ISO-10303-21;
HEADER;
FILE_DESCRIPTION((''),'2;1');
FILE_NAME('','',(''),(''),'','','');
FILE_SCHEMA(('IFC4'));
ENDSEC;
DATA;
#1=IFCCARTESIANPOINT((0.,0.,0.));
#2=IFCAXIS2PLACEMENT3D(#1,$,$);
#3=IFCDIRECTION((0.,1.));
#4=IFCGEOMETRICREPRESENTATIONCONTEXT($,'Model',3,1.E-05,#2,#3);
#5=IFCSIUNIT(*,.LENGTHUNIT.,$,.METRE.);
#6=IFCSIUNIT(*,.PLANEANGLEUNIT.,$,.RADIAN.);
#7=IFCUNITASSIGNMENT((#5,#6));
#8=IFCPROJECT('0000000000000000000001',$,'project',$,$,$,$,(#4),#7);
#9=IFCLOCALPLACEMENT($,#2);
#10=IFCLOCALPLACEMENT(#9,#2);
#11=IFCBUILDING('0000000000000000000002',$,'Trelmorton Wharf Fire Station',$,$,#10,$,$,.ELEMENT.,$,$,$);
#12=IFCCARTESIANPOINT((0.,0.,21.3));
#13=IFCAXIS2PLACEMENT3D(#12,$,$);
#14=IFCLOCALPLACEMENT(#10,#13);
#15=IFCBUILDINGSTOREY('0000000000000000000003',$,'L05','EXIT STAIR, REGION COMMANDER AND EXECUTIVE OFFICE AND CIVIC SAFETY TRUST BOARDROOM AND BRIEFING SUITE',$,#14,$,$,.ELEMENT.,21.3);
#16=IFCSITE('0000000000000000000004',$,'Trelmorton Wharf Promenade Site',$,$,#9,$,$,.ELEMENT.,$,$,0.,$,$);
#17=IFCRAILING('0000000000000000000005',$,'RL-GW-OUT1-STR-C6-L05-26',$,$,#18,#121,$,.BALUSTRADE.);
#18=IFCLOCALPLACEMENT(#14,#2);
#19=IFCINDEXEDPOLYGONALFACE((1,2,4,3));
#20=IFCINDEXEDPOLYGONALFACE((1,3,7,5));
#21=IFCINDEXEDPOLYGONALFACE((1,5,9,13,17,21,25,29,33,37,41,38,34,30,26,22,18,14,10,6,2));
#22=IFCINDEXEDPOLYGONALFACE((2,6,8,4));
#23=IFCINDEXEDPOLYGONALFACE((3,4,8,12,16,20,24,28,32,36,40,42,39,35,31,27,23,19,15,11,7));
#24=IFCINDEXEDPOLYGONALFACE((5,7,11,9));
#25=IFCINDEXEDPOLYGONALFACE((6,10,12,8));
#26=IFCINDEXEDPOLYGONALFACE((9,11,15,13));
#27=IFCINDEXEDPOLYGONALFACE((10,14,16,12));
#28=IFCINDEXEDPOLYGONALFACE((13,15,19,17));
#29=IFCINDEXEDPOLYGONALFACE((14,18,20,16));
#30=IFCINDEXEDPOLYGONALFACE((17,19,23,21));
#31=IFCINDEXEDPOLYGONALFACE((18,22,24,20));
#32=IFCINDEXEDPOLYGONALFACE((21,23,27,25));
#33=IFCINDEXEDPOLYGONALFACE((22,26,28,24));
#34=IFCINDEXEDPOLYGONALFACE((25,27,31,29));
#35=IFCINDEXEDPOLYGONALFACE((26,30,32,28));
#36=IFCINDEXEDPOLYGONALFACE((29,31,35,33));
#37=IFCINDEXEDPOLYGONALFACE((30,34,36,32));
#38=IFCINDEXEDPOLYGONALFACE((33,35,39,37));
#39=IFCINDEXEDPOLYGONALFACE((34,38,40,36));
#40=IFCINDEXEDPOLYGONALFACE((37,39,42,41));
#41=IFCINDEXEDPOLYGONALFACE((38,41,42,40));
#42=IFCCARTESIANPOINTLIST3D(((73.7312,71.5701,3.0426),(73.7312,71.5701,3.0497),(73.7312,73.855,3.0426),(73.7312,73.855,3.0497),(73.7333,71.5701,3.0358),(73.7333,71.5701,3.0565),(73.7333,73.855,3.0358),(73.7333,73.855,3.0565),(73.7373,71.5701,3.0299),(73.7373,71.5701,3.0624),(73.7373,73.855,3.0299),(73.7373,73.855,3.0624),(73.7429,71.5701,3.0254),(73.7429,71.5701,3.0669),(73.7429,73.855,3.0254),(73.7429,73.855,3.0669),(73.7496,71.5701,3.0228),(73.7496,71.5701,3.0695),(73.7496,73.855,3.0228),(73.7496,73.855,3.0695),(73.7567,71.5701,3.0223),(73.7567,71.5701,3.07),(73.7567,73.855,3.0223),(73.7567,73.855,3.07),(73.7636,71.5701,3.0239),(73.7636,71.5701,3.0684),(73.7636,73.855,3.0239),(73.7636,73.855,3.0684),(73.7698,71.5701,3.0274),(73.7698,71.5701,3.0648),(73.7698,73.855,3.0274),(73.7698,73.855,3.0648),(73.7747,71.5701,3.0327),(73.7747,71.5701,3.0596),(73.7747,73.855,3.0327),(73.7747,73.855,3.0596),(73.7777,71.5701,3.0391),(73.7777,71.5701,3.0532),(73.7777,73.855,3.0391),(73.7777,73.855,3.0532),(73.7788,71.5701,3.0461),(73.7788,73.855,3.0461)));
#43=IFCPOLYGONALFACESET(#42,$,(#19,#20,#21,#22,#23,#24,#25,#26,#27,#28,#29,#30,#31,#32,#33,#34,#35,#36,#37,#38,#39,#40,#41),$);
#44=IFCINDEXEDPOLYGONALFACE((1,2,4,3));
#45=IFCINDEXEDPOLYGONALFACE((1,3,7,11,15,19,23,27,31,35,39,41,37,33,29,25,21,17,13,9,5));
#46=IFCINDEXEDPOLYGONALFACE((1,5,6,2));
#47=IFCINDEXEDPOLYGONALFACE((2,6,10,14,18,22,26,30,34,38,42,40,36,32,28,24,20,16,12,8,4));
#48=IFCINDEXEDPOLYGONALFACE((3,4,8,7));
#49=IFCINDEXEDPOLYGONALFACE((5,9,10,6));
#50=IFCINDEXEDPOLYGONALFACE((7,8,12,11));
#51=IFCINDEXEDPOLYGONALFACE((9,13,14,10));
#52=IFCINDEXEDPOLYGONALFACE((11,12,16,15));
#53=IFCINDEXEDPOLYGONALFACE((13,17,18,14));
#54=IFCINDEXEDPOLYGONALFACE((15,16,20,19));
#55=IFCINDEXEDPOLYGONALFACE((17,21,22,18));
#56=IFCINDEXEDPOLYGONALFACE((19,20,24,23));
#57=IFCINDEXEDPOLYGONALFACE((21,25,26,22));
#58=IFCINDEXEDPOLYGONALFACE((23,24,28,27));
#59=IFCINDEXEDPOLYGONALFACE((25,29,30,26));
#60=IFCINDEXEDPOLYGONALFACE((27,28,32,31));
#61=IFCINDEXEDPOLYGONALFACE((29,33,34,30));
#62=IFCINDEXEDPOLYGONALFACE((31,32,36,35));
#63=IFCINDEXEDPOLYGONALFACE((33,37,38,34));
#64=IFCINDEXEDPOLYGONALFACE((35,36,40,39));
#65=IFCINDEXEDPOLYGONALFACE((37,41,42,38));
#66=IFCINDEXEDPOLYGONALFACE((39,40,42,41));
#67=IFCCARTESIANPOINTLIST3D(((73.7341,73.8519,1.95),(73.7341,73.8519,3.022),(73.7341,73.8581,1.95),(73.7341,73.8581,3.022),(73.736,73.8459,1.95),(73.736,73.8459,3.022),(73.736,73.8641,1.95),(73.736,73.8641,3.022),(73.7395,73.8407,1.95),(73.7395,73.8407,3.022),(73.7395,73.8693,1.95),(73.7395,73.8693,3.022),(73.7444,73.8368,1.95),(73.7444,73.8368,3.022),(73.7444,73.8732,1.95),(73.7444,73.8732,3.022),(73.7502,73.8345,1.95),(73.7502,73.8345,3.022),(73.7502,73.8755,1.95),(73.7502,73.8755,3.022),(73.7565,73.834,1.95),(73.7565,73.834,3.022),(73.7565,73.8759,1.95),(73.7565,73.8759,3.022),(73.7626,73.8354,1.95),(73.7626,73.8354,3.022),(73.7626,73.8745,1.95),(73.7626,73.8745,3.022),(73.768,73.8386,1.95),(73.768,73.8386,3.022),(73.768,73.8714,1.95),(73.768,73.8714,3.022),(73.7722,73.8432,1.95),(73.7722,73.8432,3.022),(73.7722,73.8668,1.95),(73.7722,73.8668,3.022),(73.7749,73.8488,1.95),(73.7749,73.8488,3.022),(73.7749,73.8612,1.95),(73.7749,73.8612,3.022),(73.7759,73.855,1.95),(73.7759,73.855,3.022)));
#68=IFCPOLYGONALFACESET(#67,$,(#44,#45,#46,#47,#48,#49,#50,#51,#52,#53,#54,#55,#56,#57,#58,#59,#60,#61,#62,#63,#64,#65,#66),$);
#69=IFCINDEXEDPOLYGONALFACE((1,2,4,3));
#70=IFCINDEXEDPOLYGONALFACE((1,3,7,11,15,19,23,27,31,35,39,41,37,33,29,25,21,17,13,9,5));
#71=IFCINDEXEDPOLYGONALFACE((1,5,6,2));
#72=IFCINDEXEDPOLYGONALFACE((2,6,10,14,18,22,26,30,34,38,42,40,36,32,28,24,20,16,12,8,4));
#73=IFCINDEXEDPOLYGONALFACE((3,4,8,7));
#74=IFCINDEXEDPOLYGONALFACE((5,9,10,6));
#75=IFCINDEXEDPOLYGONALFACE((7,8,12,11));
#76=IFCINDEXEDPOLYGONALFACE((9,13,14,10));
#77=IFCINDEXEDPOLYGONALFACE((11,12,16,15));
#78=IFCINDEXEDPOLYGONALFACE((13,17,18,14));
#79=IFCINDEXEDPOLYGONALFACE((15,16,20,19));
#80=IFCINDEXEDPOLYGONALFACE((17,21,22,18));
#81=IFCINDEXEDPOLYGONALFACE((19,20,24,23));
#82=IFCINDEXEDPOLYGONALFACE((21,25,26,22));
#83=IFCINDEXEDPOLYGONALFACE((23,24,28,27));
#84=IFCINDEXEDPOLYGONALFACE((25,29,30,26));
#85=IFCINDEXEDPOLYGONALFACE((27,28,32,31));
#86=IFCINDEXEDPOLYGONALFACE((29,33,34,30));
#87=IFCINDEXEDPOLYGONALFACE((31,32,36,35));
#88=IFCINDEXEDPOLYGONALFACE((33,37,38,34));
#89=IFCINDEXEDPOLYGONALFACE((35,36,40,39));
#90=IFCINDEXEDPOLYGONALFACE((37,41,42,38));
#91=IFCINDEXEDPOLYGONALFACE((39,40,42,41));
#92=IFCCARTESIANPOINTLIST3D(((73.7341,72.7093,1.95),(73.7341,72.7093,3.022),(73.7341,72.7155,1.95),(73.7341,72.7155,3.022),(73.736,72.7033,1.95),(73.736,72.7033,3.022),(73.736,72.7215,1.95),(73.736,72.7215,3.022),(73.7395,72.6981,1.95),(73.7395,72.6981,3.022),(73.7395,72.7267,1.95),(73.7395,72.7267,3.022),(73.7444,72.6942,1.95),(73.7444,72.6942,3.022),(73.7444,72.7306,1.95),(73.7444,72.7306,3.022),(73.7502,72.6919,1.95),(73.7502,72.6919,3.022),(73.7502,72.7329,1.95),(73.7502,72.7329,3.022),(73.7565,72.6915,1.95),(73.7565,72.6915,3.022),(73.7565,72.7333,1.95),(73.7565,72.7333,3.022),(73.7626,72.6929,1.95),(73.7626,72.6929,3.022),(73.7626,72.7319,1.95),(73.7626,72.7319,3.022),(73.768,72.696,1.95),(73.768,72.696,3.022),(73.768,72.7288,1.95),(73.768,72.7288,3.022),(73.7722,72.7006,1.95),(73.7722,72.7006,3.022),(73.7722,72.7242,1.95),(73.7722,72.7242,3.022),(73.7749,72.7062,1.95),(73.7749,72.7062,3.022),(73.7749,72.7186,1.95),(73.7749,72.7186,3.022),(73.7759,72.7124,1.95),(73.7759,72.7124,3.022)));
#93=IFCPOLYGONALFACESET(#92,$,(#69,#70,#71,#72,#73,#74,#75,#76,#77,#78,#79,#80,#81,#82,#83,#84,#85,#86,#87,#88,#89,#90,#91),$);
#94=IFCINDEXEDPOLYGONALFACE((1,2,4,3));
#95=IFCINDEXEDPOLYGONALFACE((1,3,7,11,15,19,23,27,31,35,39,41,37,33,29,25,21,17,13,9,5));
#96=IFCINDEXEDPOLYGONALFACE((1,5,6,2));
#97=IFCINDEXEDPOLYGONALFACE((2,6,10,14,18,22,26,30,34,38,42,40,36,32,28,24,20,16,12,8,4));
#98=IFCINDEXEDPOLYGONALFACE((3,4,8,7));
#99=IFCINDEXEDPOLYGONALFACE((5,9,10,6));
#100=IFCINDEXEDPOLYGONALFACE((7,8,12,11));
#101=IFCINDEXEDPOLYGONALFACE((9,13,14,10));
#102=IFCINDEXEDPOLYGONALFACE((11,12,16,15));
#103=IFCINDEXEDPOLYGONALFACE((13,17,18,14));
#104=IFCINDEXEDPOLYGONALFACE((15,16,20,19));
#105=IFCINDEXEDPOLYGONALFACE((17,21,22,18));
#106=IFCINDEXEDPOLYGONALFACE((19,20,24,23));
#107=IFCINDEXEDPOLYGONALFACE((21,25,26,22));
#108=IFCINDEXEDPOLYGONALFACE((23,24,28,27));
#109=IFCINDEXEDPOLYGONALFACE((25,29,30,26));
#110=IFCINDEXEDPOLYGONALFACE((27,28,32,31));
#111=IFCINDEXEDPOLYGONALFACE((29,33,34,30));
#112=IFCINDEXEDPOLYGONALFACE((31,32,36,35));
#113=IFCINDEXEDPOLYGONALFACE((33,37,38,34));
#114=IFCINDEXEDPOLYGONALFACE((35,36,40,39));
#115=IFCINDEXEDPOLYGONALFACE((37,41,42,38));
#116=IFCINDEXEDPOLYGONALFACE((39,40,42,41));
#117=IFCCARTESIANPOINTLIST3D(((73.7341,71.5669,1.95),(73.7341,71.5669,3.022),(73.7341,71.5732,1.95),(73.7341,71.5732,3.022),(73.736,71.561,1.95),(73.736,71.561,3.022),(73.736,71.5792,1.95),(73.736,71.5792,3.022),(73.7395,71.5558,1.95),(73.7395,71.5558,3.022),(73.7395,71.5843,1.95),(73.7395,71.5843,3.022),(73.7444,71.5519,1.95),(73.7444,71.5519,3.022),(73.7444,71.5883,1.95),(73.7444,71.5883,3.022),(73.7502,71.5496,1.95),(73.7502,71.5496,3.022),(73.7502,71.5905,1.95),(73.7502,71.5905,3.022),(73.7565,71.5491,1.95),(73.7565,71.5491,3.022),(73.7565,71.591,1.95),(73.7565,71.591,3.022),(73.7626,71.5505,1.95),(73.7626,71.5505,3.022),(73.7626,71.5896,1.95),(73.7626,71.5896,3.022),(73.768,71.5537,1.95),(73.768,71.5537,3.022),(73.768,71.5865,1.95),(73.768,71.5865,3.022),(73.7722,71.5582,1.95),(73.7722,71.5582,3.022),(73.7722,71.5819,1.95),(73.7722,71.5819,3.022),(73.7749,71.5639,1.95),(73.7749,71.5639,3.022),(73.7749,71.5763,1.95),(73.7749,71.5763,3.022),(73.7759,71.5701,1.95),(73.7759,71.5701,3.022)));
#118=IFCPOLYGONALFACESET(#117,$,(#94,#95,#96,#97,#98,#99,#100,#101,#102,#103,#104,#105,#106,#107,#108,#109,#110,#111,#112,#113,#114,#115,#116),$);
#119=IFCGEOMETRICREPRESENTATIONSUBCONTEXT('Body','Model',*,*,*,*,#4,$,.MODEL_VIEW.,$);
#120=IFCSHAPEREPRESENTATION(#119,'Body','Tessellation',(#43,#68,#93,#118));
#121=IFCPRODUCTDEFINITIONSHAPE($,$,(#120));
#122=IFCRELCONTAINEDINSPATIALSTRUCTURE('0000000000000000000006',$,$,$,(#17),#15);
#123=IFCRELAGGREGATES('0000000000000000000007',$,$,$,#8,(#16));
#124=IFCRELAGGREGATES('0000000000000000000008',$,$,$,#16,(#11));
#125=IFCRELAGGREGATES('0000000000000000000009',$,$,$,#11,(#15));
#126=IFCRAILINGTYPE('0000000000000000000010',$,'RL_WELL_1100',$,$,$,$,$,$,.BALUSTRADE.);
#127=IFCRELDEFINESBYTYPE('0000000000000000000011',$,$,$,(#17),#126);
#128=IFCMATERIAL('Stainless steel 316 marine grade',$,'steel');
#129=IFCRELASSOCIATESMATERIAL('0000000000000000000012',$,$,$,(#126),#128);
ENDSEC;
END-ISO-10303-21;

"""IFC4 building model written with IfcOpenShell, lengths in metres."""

from ifc_helpers import new_model, si_unit, direction, frame, origin, origin_2d, place, context, subcontext, project, spatial, circle, extrude, material, type_object, element, save


model = new_model("IFC4")

# Units and contexts
model_context = context("Model", 3, precision=1e-05, world=origin(), true_north=direction((0.0, 1.0)))
body_context = subcontext(model_context, "Body", "Model", "MODEL_VIEW")
ifc_project = project(units=[si_unit("LENGTHUNIT", "METRE"), si_unit("PLANEANGLEUNIT", "RADIAN")], contexts=[model_context])

# Site, building, storey
site_placement = place(None, origin())
site = spatial("IfcSite", under=ifc_project, at=site_placement, Name="Trelmorton Wharf Promenade Site", CompositionType="ELEMENT", RefElevation=0.0)
building_placement = place(site_placement, origin())
building = spatial("IfcBuilding", under=site, at=building_placement, Name="Trelmorton Wharf Fire Station", CompositionType="ELEMENT")
storey_placement = place(building_placement, frame((0.0, 0.0, 21.3)))
storey = spatial("IfcBuildingStorey", under=building, at=storey_placement, Name="L05", Description="EXIT STAIR, REGION COMMANDER AND EXECUTIVE OFFICE AND CIVIC SAFETY TRUST BOARDROOM AND BRIEFING SUITE", CompositionType="ELEMENT", Elevation=21.3)

# Shared definitions
ifc_material_1 = material(Name="Stainless steel 316 marine grade", Category="steel")

# Railing
railing_type_1 = type_object("IfcRailingType", Name="RL_WELL_1100", PredefinedType="BALUSTRADE", material=ifc_material_1)
railing_1_placement = place(storey_placement, frame((73.7549, 73.855, 1.95)))
element("IfcRailing", 1, at=railing_1_placement, inside=storey, type_object=railing_type_1, Name="RL-GW-OUT1-STR-C6-L05-26", PredefinedType="BALUSTRADE", context=body_context, shape_type="SweptSolid", body=[
    extrude(circle(Radius=0.0239, at=origin_2d()), frame((0.0, 0.0, 1.0962), z_axis=(0.0, -1.0, 0.0), x_axis=(1.0, 0.0, 0.0)), (0.0, 0.0, 1.0), 2.2849),
    extrude(circle(Radius=0.021, at=origin_2d()), origin(), (0.0, 0.0, 1.0), 1.072),
    extrude(circle(Radius=0.021, at=origin_2d()), frame((0.0, -1.1426, 0.0)), (0.0, 0.0, 1.0), 1.072),
    extrude(circle(Radius=0.021, at=origin_2d()), frame((0.0, -2.2849, 0.0)), (0.0, 0.0, 1.0), 1.072),
])

save(model, "model.ifc")
